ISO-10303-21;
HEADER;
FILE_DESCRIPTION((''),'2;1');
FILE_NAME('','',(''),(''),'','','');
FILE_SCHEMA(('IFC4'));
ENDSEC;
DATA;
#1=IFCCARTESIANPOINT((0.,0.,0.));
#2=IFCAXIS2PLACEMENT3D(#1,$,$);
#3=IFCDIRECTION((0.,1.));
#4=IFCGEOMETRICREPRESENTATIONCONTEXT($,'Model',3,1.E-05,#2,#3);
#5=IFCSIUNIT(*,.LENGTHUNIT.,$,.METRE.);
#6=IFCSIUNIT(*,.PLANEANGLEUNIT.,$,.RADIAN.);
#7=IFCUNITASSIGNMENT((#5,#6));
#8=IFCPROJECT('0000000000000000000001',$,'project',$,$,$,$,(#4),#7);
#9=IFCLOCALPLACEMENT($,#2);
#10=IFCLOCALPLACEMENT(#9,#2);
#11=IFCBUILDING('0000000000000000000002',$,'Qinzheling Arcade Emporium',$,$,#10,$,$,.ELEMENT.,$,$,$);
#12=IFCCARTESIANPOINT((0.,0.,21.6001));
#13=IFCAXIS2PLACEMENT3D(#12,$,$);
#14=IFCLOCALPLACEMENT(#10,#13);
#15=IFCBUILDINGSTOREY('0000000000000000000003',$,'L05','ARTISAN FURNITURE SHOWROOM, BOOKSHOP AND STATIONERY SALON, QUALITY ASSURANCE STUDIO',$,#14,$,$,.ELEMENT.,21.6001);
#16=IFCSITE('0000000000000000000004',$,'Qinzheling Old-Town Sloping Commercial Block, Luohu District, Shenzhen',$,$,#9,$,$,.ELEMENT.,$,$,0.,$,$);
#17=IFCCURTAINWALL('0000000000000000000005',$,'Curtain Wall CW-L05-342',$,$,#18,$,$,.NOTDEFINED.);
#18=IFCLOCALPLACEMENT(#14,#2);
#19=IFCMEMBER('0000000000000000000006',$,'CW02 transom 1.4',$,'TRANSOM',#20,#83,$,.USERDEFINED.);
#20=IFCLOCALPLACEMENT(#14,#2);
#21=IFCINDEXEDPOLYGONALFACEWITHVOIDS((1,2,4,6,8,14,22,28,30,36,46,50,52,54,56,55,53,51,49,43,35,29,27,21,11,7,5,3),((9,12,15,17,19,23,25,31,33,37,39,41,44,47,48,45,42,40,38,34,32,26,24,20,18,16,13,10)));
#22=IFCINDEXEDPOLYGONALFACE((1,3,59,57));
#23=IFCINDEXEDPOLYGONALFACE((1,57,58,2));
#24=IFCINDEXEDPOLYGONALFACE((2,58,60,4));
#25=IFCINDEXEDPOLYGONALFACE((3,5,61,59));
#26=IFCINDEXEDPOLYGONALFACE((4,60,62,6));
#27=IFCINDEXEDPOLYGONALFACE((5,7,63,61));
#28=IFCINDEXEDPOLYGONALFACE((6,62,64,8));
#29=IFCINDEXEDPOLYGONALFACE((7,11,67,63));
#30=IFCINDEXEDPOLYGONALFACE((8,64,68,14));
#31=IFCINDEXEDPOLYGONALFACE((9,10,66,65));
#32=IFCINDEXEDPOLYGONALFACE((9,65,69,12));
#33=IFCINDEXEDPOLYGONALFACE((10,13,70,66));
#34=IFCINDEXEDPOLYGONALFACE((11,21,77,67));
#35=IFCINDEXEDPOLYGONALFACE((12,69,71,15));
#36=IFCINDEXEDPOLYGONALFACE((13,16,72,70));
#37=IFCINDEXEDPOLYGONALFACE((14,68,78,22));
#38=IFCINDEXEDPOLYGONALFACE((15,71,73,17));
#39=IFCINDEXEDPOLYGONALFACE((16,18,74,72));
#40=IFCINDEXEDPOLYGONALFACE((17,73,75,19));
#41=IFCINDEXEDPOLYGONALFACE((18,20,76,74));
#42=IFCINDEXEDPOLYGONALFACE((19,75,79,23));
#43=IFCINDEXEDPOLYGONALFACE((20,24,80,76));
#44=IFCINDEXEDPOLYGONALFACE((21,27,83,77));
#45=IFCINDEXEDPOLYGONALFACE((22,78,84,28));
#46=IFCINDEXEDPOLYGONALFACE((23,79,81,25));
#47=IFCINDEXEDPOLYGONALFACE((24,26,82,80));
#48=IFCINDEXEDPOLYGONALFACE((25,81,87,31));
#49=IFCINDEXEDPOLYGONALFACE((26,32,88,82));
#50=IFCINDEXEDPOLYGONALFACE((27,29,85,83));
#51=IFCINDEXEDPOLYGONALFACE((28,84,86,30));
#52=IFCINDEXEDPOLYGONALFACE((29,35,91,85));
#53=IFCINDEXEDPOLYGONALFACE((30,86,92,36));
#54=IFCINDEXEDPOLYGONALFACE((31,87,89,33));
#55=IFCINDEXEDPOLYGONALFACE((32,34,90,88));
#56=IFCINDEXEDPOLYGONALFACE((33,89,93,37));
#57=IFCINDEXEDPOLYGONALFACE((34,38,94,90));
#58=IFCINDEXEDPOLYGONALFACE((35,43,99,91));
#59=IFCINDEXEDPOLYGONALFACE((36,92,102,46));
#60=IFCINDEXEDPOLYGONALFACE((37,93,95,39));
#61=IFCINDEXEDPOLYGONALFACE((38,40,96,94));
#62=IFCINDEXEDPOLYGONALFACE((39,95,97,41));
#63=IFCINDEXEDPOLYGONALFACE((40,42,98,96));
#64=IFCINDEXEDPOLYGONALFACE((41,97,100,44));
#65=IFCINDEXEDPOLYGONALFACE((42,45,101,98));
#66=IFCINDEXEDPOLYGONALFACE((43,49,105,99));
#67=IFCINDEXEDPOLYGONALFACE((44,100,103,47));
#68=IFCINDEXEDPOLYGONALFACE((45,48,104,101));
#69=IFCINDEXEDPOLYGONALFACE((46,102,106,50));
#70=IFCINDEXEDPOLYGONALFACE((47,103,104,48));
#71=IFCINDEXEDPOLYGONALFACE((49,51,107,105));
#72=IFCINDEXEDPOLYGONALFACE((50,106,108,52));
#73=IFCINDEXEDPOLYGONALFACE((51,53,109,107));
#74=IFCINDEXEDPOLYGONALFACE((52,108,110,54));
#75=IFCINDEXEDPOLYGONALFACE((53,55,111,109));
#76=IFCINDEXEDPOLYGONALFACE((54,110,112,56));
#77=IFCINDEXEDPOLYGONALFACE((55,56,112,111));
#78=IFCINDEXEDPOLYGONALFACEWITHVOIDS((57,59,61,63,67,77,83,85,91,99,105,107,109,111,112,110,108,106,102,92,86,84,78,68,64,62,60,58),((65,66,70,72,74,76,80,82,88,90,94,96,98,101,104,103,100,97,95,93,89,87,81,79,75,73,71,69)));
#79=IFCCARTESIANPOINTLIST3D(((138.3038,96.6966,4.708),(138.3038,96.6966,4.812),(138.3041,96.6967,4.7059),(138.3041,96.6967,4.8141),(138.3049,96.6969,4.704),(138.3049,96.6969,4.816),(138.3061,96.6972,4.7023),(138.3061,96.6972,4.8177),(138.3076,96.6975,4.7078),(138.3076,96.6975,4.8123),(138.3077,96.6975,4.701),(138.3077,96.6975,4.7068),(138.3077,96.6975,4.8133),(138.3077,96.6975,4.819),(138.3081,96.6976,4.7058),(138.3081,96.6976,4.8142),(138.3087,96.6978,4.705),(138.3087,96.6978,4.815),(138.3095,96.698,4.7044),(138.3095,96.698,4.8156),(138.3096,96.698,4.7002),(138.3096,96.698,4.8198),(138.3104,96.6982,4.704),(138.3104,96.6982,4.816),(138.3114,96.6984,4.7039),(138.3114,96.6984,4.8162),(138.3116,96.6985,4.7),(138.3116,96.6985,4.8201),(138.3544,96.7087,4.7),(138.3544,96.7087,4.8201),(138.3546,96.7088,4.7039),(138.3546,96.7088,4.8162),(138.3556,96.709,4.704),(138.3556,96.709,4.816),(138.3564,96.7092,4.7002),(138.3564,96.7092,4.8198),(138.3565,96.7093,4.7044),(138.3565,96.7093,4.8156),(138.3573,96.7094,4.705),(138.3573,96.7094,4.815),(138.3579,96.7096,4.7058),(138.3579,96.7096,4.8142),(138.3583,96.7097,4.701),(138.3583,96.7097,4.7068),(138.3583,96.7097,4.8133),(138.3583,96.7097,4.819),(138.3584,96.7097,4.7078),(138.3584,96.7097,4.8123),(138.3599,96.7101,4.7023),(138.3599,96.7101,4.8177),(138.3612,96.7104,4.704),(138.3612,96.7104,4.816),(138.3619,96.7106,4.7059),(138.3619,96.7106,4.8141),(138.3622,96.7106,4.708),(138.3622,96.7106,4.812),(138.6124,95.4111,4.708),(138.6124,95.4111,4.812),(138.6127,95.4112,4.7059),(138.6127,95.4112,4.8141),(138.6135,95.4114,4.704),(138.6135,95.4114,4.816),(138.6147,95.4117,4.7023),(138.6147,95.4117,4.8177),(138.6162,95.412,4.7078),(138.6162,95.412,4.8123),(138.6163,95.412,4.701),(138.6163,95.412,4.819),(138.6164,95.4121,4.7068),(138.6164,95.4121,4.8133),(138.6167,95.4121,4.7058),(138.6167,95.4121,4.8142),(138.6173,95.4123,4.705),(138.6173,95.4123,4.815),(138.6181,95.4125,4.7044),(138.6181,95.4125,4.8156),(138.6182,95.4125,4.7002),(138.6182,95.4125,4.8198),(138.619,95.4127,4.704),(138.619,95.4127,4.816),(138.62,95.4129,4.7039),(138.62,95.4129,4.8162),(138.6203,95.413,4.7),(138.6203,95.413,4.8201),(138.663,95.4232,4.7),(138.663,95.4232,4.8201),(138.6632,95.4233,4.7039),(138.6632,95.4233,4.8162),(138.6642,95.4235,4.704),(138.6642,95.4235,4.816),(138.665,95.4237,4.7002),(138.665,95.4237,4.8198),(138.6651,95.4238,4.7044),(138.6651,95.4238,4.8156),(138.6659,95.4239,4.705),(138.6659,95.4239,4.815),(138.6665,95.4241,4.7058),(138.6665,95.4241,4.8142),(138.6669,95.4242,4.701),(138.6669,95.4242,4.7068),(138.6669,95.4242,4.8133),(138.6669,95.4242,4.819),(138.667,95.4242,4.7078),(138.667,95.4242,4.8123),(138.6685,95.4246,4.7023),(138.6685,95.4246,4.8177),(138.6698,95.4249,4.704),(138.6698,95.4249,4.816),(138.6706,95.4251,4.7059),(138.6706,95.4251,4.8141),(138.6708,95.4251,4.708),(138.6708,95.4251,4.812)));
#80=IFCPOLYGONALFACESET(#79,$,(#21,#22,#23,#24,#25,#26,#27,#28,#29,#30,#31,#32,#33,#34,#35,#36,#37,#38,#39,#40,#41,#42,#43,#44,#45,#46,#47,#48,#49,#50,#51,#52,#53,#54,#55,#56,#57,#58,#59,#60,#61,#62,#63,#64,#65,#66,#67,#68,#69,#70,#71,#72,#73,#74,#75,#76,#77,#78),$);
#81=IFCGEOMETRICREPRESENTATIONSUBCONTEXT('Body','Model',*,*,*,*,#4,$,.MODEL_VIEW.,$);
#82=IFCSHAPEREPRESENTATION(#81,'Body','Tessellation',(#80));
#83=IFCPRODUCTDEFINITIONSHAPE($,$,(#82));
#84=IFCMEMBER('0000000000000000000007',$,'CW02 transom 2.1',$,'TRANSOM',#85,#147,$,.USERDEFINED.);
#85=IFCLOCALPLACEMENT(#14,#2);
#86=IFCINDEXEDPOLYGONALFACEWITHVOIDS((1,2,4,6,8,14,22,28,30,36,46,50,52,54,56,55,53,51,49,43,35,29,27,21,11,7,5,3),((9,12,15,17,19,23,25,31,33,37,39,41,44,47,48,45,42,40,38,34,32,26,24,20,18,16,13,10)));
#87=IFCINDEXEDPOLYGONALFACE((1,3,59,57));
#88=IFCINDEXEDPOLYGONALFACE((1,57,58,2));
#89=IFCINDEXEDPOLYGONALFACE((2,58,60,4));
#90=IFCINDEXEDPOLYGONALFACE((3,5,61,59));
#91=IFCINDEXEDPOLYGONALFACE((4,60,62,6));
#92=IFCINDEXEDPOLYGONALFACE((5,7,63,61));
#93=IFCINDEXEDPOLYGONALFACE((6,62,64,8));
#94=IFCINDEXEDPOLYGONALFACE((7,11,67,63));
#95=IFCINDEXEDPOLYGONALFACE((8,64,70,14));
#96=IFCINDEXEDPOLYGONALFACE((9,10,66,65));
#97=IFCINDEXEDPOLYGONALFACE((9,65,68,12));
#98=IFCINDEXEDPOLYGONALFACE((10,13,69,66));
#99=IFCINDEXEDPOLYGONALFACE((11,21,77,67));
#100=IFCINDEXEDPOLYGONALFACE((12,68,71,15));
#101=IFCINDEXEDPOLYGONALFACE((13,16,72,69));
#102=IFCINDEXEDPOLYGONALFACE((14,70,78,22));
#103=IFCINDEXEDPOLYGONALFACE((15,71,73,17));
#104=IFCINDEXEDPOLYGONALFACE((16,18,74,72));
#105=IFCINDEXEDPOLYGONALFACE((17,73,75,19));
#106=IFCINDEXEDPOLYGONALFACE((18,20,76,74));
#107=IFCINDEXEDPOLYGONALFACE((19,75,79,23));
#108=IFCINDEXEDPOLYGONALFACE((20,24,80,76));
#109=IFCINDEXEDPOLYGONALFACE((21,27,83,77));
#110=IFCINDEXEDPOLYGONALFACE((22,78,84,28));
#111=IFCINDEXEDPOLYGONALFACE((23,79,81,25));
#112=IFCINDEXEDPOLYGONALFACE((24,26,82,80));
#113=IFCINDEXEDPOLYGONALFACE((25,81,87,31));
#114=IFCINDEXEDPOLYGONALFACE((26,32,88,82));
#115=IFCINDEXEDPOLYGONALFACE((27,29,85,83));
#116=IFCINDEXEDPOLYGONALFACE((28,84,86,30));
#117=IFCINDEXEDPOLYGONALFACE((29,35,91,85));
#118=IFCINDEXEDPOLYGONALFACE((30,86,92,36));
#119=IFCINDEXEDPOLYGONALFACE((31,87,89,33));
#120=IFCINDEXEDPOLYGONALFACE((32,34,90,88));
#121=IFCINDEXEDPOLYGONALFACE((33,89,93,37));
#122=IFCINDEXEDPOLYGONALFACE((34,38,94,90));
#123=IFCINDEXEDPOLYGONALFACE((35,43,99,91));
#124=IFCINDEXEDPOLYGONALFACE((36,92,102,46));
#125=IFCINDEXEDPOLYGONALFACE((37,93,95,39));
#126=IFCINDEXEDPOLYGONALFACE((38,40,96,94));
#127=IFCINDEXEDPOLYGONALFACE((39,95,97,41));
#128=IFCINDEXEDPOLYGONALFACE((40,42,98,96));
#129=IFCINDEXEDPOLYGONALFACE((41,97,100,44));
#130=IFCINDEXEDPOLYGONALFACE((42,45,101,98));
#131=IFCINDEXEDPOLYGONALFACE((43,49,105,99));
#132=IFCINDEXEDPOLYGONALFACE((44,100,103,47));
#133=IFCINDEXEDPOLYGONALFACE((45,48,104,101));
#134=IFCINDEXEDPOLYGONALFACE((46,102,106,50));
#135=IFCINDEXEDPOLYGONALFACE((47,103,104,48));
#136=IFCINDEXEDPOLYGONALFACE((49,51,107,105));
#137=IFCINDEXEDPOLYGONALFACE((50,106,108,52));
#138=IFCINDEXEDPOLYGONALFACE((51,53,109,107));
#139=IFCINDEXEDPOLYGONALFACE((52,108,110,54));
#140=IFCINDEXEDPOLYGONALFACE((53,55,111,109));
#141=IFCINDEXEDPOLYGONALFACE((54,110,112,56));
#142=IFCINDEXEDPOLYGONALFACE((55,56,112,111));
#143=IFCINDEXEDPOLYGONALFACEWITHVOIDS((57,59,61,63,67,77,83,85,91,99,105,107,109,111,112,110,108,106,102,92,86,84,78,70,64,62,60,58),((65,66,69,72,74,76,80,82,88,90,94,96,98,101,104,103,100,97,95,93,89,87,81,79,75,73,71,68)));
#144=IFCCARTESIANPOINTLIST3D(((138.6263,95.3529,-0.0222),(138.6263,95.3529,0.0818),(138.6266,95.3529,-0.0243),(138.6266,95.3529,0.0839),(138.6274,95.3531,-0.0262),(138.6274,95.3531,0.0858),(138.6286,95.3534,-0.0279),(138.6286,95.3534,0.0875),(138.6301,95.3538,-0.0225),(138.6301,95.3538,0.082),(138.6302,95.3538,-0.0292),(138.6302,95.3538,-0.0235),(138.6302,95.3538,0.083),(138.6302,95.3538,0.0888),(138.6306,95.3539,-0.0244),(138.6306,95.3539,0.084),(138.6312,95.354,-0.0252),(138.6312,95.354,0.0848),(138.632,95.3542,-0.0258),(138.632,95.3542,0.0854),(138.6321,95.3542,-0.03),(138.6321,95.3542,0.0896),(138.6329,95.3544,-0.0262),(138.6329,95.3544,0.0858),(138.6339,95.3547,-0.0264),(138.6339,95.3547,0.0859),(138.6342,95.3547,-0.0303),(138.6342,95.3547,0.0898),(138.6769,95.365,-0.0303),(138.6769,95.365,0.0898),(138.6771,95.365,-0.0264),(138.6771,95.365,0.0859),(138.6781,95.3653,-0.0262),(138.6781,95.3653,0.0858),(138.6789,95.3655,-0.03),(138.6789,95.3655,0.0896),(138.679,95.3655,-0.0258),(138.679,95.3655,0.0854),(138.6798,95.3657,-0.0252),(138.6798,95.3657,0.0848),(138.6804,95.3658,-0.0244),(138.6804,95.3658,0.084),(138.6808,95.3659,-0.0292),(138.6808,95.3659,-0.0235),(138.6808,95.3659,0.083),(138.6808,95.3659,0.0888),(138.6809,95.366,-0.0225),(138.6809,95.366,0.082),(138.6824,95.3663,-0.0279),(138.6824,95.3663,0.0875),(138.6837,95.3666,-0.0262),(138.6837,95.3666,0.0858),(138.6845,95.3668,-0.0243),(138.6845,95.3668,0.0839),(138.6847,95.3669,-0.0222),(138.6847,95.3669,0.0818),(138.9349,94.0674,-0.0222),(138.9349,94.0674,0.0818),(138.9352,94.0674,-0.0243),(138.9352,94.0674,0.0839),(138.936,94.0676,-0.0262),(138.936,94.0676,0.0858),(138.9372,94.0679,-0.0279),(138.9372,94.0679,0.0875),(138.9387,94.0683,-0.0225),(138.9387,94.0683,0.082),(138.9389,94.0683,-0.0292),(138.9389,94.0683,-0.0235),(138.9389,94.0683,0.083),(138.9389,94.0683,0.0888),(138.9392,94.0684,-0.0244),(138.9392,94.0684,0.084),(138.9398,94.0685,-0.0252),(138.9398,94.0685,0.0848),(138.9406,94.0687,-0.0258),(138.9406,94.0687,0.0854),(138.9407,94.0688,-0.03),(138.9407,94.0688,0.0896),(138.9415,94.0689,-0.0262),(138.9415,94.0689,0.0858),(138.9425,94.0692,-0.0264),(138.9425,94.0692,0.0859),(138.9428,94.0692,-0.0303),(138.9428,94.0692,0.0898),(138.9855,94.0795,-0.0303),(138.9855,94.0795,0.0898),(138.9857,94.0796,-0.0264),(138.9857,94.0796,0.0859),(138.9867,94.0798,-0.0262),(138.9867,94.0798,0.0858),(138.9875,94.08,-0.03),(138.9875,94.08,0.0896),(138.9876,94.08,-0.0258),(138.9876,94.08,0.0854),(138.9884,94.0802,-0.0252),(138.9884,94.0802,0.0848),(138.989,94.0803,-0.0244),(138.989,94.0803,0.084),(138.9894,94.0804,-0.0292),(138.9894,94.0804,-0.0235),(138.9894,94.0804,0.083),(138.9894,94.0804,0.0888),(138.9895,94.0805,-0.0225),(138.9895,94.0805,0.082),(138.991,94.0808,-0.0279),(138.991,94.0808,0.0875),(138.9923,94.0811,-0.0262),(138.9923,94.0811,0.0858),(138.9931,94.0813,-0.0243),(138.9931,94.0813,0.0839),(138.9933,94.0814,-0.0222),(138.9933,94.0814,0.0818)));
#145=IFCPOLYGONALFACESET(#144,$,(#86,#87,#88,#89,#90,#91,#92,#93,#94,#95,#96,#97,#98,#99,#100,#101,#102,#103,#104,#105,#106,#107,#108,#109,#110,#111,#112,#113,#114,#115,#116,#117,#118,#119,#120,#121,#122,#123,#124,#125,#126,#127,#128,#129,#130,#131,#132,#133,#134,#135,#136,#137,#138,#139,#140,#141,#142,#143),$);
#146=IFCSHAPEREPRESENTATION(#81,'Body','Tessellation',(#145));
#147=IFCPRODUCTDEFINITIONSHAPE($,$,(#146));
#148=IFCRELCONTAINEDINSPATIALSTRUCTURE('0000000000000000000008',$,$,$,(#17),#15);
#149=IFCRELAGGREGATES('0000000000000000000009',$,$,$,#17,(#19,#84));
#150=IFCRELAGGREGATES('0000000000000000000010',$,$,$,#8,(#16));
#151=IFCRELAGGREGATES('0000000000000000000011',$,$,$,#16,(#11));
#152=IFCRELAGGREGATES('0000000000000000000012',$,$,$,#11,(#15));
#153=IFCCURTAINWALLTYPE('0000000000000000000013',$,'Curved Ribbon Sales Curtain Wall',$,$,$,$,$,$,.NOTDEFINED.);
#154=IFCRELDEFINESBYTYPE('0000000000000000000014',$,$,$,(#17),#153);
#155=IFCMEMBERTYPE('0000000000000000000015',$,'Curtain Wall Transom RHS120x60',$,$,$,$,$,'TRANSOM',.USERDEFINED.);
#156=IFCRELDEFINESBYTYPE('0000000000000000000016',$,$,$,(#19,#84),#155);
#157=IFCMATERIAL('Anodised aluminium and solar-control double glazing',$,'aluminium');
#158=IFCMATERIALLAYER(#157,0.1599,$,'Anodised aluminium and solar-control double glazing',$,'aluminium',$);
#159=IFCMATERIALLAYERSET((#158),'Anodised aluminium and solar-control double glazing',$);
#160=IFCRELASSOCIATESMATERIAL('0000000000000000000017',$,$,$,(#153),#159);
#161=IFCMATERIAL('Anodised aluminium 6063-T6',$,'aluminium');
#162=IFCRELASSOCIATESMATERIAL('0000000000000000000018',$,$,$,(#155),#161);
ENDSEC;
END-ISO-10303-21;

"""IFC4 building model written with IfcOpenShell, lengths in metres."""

from ifc_helpers import new_model, si_unit, direction, frame, origin, origin_2d, place, context, subcontext, project, spatial, hollow_rectangle, extrude, material, layer, layer_set, material_profile, profile_set, type_object, element, aggregate, save


model = new_model("IFC4")

# Units and contexts
model_context = context("Model", 3, precision=1e-05, world=origin(), true_north=direction((0.0, 1.0)))
body_context = subcontext(model_context, "Body", "Model", "MODEL_VIEW")
ifc_project = project(units=[si_unit("LENGTHUNIT", "METRE"), si_unit("PLANEANGLEUNIT", "RADIAN")], contexts=[model_context])

# Site, building, storey
site_placement = place(None, origin())
site = spatial("IfcSite", under=ifc_project, at=site_placement, Name="Qinzheling Old-Town Sloping Commercial Block, Luohu District, Shenzhen", CompositionType="ELEMENT", RefElevation=0.0)
building_placement = place(site_placement, origin())
building = spatial("IfcBuilding", under=site, at=building_placement, Name="Qinzheling Arcade Emporium", CompositionType="ELEMENT")
storey_placement = place(building_placement, frame((0.0, 0.0, 21.6001)))
storey = spatial("IfcBuildingStorey", under=building, at=storey_placement, Name="L05", Description="ARTISAN FURNITURE SHOWROOM, BOOKSHOP AND STATIONERY SALON, QUALITY ASSURANCE STUDIO", CompositionType="ELEMENT", Elevation=21.6001)

# Shared definitions
ifc_material_1 = material(Name="Anodised aluminium and solar-control double glazing", Category="aluminium")
ifc_layer_1 = layer(ifc_material_1, 0.1599, Name="Anodised aluminium and solar-control double glazing", Category="aluminium")
ifc_layer_set_1 = layer_set([ifc_layer_1], Name="Anodised aluminium and solar-control double glazing")
curtain_wall_type = type_object("IfcCurtainWallType", Name="Curved Ribbon Sales Curtain Wall", PredefinedType="NOTDEFINED", material=ifc_layer_set_1)
ifc_material_2 = material(Name="Anodised aluminium 6063-T6", Category="aluminium")

# Curtain wall
curtain_wall_1_placement = place(storey_placement, origin())
curtain_wall_1 = element("IfcCurtainWall", 1, at=curtain_wall_1_placement, inside=storey, type_object=curtain_wall_type, Name="Curtain Wall CW-L05-342", PredefinedType="NOTDEFINED")

# Members
ifc_material_profile_1 = material_profile(ifc_material_2, hollow_rectangle(XDim=0.0601, YDim=0.1201, WallThickness=0.0039, InnerFilletRadius=0.0039, OuterFilletRadius=0.0081, at=origin_2d()), Name="RHS 120x60x4", Category="aluminium")
ifc_profile_set_1 = profile_set([ifc_material_profile_1], Name="Anodised aluminium 6063-T6")
member_type_1 = type_object("IfcMemberType", Name="Curtain Wall Transom RHS120x60", ElementType="TRANSOM", PredefinedType="USERDEFINED", material=ifc_profile_set_1)
member_1_placement = place(storey_placement, frame((138.333, 96.7036, 4.76), z_axis=(0.233443, -0.972371, 0.0), x_axis=(0.972371, 0.233443, 0.0)))
member_1 = element("IfcMember", 2, at=member_1_placement, type_object=member_type_1, Name="CW02 transom 1.4", ObjectType="TRANSOM", PredefinedType="USERDEFINED", context=body_context, shape_type="SweptSolid", body=[
    extrude(hollow_rectangle(XDim=0.0601, YDim=0.1201, WallThickness=0.0039, InnerFilletRadius=0.0039, OuterFilletRadius=0.0081, at=origin_2d()), origin(), (0.0, 0.0, 1.0), 1.322),
])
member_2_placement = place(storey_placement, frame((138.6555, 95.3599, 0.0298), z_axis=(0.233443, -0.972371, 0.0), x_axis=(0.972371, 0.233443, 0.0)))
member_2 = element("IfcMember", 3, at=member_2_placement, type_object=member_type_1, Name="CW02 transom 2.1", ObjectType="TRANSOM", PredefinedType="USERDEFINED", context=body_context, shape_type="SweptSolid", body=[
    extrude(hollow_rectangle(XDim=0.0601, YDim=0.1201, WallThickness=0.0039, InnerFilletRadius=0.0039, OuterFilletRadius=0.0081, at=origin_2d()), origin(), (0.0, 0.0, 1.0), 1.322),
])

aggregate(curtain_wall_1, [member_1, member_2])

save(model, "model.ifc")
